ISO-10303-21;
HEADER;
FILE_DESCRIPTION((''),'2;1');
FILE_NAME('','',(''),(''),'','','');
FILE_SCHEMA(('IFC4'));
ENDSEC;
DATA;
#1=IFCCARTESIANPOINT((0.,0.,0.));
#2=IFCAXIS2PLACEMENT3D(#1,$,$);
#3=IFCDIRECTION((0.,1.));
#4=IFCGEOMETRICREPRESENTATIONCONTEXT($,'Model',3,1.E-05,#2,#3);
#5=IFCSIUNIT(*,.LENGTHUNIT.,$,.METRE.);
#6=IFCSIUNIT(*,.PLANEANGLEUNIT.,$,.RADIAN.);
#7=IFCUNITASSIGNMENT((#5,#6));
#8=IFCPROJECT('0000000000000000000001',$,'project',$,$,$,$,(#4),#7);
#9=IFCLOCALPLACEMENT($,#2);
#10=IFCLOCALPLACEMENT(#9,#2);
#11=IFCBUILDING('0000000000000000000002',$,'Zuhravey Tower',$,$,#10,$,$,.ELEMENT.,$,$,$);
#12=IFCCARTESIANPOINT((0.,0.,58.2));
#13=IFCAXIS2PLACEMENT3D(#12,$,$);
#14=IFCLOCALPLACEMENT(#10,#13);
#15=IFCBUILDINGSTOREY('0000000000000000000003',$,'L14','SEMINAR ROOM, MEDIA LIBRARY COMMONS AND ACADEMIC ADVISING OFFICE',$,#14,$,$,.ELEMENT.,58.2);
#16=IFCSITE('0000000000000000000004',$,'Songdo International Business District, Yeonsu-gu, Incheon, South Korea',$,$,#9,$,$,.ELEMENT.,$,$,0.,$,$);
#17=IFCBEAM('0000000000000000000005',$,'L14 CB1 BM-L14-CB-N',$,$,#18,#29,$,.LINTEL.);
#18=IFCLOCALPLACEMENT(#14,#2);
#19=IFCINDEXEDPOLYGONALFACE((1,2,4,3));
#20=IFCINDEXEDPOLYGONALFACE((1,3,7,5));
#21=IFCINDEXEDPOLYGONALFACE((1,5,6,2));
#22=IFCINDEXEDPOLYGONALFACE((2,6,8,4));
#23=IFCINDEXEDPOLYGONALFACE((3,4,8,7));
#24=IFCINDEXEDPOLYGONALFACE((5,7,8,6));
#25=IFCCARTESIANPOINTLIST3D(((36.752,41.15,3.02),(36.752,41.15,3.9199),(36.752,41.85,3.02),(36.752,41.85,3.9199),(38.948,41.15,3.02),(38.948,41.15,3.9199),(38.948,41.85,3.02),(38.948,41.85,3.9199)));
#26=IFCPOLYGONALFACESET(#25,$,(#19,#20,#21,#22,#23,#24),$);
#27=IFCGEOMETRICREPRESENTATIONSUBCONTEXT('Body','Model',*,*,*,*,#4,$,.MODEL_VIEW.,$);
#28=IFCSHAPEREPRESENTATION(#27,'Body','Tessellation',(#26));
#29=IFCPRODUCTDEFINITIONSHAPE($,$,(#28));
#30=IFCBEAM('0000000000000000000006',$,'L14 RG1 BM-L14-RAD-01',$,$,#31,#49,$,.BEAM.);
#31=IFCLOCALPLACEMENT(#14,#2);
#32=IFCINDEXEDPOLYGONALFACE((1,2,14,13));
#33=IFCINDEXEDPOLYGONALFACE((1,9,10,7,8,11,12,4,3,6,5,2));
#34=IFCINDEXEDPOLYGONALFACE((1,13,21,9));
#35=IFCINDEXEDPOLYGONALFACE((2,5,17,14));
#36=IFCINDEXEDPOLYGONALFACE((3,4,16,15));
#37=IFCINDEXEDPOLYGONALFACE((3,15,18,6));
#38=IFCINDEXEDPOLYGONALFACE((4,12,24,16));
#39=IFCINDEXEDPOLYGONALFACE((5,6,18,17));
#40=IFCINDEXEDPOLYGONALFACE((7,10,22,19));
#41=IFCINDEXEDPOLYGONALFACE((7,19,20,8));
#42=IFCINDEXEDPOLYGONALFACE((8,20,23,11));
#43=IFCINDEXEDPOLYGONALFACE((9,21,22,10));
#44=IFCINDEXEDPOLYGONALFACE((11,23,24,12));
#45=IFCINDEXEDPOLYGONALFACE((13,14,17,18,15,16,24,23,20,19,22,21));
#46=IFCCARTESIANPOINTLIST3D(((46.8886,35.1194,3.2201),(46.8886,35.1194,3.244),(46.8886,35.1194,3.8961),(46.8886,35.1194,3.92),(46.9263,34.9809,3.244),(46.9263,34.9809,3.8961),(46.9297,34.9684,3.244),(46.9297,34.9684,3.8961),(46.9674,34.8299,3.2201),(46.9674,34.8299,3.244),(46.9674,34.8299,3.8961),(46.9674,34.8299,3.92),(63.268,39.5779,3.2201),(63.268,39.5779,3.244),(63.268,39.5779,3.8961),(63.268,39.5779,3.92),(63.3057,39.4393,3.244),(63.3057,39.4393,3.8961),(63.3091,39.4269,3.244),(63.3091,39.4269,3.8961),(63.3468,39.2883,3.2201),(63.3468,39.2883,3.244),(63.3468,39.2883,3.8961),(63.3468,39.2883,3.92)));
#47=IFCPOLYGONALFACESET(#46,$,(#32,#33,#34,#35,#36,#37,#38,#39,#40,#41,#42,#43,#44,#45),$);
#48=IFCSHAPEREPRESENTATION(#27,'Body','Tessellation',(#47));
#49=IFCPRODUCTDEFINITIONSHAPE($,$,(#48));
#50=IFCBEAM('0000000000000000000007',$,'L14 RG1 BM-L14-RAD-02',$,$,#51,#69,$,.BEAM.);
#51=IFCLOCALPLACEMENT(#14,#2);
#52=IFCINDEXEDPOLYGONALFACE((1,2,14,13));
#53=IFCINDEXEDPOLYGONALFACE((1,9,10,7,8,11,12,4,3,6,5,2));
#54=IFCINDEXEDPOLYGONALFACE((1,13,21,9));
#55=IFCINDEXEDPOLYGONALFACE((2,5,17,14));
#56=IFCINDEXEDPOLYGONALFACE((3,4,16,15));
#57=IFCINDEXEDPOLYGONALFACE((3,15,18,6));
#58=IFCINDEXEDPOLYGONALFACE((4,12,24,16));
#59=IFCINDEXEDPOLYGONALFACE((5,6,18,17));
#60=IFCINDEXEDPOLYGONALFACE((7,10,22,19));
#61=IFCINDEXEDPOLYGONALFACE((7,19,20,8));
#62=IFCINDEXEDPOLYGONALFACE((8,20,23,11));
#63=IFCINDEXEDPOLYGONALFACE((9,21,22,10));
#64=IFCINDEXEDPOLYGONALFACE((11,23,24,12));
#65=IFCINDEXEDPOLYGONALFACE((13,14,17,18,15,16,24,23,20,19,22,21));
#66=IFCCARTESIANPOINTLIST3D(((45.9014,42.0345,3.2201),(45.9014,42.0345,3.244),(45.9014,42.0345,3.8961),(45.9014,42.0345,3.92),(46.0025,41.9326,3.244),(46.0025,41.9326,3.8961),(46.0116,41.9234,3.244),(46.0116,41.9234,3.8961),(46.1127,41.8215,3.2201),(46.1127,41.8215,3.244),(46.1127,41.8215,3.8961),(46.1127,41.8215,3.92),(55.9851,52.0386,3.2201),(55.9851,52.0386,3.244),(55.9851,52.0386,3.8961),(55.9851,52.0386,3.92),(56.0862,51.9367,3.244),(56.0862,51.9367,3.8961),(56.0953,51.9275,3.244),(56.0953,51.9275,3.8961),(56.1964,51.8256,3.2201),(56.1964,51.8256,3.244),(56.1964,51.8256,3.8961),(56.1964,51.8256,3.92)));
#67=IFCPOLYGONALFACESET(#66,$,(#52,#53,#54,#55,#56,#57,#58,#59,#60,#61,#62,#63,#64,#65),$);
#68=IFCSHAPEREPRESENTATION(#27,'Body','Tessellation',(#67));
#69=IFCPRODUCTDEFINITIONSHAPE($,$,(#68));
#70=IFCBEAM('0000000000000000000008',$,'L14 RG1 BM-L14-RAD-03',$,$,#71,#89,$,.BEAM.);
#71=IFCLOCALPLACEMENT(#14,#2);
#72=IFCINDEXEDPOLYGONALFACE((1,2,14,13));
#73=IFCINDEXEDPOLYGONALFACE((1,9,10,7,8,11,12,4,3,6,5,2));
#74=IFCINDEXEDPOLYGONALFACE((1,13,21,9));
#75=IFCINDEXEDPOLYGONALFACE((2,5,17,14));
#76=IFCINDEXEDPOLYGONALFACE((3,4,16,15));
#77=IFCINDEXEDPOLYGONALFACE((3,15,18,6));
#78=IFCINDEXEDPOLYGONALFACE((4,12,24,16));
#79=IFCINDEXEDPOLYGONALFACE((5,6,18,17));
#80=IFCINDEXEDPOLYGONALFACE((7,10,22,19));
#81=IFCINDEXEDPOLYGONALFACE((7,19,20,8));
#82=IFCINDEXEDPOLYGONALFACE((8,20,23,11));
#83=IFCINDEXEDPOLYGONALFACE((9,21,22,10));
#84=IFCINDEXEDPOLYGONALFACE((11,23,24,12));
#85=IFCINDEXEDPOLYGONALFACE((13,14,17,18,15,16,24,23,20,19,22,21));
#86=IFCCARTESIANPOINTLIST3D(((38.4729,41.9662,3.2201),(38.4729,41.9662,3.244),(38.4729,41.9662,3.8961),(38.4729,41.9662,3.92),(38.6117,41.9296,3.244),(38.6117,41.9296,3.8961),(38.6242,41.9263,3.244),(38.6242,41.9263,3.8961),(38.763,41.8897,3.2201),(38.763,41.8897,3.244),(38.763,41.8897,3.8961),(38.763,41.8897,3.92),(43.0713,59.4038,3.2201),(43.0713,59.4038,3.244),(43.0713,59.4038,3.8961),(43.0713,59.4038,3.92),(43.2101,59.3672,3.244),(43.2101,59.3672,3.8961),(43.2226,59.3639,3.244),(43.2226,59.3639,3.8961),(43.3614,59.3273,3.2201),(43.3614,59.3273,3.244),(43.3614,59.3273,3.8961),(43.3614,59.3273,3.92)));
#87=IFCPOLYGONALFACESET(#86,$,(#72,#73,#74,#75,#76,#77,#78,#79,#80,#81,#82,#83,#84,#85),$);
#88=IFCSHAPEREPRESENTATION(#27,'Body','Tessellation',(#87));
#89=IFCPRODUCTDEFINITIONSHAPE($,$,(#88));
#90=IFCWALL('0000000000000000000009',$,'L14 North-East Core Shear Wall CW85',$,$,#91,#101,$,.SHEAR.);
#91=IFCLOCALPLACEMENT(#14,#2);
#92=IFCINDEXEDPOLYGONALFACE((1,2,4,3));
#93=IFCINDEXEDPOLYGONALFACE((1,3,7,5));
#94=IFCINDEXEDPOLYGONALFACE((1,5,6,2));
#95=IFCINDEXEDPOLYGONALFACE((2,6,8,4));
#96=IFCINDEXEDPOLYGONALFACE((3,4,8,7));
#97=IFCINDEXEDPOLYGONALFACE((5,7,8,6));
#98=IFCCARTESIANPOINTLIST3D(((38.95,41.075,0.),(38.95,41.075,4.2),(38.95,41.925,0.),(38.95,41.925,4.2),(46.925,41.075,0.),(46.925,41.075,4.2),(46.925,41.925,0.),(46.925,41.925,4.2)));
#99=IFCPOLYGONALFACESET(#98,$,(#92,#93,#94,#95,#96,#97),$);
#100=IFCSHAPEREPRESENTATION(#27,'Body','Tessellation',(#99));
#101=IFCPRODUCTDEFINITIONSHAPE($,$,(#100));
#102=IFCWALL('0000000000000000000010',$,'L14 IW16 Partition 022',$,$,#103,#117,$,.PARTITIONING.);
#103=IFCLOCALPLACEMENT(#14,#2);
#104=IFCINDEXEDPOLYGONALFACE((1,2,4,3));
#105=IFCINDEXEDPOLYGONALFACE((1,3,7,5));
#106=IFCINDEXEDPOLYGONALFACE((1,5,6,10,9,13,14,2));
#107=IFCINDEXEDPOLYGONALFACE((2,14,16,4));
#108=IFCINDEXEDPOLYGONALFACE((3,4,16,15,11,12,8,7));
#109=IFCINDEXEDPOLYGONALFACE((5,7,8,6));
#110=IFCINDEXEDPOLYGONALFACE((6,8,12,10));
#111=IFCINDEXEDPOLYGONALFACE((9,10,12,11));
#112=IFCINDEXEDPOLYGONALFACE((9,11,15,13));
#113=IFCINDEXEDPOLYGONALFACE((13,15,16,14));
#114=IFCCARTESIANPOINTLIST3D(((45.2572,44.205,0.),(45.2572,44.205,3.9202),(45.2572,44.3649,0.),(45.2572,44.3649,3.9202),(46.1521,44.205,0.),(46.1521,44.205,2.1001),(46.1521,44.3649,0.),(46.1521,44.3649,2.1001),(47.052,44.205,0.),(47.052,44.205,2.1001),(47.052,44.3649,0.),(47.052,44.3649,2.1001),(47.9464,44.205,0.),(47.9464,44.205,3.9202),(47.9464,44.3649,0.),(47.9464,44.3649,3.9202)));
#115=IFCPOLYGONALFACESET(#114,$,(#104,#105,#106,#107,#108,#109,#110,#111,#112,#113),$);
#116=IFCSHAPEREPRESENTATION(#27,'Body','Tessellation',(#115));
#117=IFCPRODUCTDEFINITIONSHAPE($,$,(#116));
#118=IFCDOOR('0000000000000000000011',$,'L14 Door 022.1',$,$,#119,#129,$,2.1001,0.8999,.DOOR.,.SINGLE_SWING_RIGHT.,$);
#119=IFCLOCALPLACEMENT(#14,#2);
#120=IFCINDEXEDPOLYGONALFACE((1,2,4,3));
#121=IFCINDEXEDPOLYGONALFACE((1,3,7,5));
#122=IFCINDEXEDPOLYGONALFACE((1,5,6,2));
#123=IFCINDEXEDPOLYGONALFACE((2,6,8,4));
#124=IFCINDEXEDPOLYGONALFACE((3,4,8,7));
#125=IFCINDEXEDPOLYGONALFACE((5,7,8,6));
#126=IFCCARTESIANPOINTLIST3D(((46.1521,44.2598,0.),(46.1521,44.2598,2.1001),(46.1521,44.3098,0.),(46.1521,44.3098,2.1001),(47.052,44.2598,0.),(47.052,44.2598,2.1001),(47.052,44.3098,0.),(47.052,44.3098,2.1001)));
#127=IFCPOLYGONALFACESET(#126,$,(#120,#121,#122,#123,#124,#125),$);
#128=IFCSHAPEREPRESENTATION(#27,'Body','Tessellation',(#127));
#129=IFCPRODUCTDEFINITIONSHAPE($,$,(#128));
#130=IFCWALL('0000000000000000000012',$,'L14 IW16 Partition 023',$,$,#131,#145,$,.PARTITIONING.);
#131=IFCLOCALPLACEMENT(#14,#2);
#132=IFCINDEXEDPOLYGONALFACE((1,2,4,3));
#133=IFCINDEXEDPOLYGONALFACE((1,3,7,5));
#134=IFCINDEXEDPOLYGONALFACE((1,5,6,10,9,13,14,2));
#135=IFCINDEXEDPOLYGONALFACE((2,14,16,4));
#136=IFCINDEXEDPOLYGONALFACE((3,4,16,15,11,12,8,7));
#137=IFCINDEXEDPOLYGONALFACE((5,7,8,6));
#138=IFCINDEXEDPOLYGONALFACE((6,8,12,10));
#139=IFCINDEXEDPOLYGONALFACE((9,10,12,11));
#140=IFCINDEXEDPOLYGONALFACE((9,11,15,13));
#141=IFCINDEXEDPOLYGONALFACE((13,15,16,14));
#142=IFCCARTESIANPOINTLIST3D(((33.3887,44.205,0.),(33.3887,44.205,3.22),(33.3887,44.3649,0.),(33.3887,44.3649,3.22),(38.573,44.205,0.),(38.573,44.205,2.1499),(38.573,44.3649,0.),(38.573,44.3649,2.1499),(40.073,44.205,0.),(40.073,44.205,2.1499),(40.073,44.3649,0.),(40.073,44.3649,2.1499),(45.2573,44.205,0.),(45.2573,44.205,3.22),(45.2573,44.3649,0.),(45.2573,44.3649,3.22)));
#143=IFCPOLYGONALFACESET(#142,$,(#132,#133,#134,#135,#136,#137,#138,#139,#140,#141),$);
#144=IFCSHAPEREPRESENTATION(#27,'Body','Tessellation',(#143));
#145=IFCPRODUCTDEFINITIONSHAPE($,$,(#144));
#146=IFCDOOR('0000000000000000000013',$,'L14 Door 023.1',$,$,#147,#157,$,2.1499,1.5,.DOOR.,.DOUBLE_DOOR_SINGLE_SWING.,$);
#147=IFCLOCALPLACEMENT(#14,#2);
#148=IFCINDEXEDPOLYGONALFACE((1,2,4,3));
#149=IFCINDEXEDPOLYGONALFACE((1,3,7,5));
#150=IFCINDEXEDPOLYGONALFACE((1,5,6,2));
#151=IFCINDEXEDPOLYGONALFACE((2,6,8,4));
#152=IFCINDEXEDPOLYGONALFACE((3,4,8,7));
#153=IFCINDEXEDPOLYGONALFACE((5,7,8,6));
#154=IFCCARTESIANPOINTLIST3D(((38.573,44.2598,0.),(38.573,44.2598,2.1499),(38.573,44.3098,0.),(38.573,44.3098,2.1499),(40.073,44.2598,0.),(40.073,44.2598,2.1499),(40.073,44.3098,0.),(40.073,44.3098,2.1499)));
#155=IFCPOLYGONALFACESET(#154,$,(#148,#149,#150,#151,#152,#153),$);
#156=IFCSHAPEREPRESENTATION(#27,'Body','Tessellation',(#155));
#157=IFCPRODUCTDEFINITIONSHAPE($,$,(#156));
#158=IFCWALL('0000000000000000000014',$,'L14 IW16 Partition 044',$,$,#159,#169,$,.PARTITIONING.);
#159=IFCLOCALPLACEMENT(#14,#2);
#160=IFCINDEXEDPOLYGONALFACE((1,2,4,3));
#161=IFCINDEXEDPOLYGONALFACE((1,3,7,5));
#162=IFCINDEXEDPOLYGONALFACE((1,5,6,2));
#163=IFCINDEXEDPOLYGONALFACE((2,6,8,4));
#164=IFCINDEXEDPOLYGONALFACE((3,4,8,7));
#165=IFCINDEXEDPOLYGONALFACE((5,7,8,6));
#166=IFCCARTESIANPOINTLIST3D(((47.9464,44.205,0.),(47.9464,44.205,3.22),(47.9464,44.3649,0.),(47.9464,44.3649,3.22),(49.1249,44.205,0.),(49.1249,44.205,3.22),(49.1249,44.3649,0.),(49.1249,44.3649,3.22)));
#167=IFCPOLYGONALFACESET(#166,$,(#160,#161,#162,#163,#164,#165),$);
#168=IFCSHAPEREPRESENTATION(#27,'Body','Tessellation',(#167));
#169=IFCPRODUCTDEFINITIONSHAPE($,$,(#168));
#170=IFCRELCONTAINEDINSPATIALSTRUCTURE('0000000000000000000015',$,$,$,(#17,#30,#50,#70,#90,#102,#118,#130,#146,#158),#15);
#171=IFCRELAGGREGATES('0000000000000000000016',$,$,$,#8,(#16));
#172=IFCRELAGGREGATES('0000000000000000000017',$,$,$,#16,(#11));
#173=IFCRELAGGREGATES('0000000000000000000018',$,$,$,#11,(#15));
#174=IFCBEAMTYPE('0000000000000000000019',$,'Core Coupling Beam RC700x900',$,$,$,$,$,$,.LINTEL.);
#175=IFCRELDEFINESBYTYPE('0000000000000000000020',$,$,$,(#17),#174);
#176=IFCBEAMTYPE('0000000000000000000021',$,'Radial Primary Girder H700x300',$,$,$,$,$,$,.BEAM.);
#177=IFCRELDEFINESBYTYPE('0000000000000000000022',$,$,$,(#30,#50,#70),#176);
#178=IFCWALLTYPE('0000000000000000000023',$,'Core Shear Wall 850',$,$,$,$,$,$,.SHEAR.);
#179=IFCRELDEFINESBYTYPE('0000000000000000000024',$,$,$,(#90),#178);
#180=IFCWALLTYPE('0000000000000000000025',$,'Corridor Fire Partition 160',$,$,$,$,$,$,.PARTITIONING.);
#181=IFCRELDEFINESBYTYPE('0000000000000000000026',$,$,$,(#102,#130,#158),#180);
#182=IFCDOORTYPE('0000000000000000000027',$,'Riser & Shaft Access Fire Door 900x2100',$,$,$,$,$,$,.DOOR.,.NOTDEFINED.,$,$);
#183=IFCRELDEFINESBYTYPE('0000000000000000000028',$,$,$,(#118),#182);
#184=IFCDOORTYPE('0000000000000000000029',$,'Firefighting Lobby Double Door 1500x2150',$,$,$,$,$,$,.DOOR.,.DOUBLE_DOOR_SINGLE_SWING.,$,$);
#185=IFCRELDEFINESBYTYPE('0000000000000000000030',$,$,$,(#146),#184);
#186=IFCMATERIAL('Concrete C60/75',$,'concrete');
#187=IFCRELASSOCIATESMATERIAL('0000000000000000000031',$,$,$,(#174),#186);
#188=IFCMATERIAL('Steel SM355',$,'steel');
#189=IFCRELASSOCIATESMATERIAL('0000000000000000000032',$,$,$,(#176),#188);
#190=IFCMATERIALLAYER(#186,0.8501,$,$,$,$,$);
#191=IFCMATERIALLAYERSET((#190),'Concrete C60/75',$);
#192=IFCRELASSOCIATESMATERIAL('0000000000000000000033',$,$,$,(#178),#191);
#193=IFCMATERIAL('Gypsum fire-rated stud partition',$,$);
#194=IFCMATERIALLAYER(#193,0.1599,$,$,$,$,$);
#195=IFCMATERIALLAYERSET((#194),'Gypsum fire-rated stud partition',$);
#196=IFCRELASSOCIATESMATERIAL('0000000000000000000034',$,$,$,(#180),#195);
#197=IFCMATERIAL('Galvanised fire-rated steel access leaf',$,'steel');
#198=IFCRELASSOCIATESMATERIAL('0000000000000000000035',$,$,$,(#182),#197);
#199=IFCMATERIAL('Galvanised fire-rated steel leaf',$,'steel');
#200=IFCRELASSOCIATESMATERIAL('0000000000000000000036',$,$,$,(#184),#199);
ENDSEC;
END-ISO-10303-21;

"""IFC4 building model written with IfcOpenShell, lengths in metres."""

from ifc_helpers import new_model, si_unit, direction, frame, frame_2d, origin, origin_2d, place, context, subcontext, project, spatial, rectangle, i_section, extrude, material, layer, layer_set, material_profile, profile_set, type_object, element, fill, save


model = new_model("IFC4")

# Units and contexts
model_context = context("Model", 3, precision=1e-05, world=origin(), true_north=direction((0.0, 1.0)))
body_context = subcontext(model_context, "Body", "Model", "MODEL_VIEW")
ifc_project = project(units=[si_unit("LENGTHUNIT", "METRE"), si_unit("PLANEANGLEUNIT", "RADIAN")], contexts=[model_context])

# Site, building, storey
site_placement = place(None, origin())
site = spatial("IfcSite", under=ifc_project, at=site_placement, Name="Songdo International Business District, Yeonsu-gu, Incheon, South Korea", CompositionType="ELEMENT", RefElevation=0.0)
building_placement = place(site_placement, origin())
building = spatial("IfcBuilding", under=site, at=building_placement, Name="Zuhravey Tower", CompositionType="ELEMENT")
storey_placement = place(building_placement, frame((0.0, 0.0, 58.2)))
storey = spatial("IfcBuildingStorey", under=building, at=storey_placement, Name="L14", Description="SEMINAR ROOM, MEDIA LIBRARY COMMONS AND ACADEMIC ADVISING OFFICE", CompositionType="ELEMENT", Elevation=58.2)

# Beams
ifc_material_1 = material(Name="Concrete C60/75", Category="concrete")
ifc_material_profile_1 = material_profile(ifc_material_1, rectangle(XDim=0.7, YDim=0.8999, at=origin_2d()), Name="RC-700x900")
ifc_profile_set_1 = profile_set([ifc_material_profile_1], Name="Concrete C60/75")
beam_type_1 = type_object("IfcBeamType", Name="Core Coupling Beam RC700x900", PredefinedType="LINTEL", material=ifc_profile_set_1)
beam_1_placement = place(storey_placement, frame((36.752, 41.5, 3.47), z_axis=(1.0, 0.0, 0.0), x_axis=(0.0, 1.0, 0.0)))
element("IfcBeam", 1, at=beam_1_placement, inside=storey, type_object=beam_type_1, Name="L14 CB1 BM-L14-CB-N", PredefinedType="LINTEL", context=body_context, shape_type="SweptSolid", body=[
    extrude(rectangle(XDim=0.7, YDim=0.8999, at=origin_2d()), origin(), (0.0, 0.0, 1.0), 2.196),
])
ifc_material_2 = material(Name="Steel SM355", Category="steel")
ifc_material_profile_2 = material_profile(ifc_material_2, i_section(OverallWidth=0.3, OverallDepth=0.7, WebThickness=0.0129, FlangeThickness=0.0239, at=origin_2d()), Name="H-700x300x13x24")
ifc_profile_set_2 = profile_set([ifc_material_profile_2], Name="Steel SM355")
beam_type_2 = type_object("IfcBeamType", Name="Radial Primary Girder H700x300", PredefinedType="BEAM", material=ifc_profile_set_2)
beam_2_placement = place(storey_placement, frame((46.928, 34.9746, 3.5701), z_axis=(0.964892, 0.262645, 0.0), x_axis=(-0.262645, 0.964892, 0.0)))
element("IfcBeam", 2, at=beam_2_placement, inside=storey, type_object=beam_type_2, Name="L14 RG1 BM-L14-RAD-01", PredefinedType="BEAM", context=body_context, shape_type="SweptSolid", body=[
    extrude(i_section(OverallWidth=0.3, OverallDepth=0.7, WebThickness=0.0129, FlangeThickness=0.0239, at=origin_2d()), origin(), (0.0, 0.0, 1.0), 16.9753),
])
beam_3_placement = place(storey_placement, frame((46.0071, 41.928, 3.5701), z_axis=(0.709903, 0.7043, 0.0), x_axis=(-0.7043, 0.709903, 0.0)))
element("IfcBeam", 3, at=beam_3_placement, inside=storey, type_object=beam_type_2, Name="L14 RG1 BM-L14-RAD-02", PredefinedType="BEAM", context=body_context, shape_type="SweptSolid", body=[
    extrude(i_section(OverallWidth=0.3, OverallDepth=0.7, WebThickness=0.0129, FlangeThickness=0.0239, at=origin_2d()), origin(), (0.0, 0.0, 1.0), 14.2043),
])
beam_4_placement = place(storey_placement, frame((38.6179, 41.928, 3.5701), z_axis=(0.25499, 0.966944, 0.0), x_axis=(-0.966944, 0.25499, 0.0)))
element("IfcBeam", 4, at=beam_4_placement, inside=storey, type_object=beam_type_2, Name="L14 RG1 BM-L14-RAD-03", PredefinedType="BEAM", context=body_context, shape_type="SweptSolid", body=[
    extrude(i_section(OverallWidth=0.3, OverallDepth=0.7, WebThickness=0.0129, FlangeThickness=0.0239, at=origin_2d()), origin(), (0.0, 0.0, 1.0), 18.0337),
])

# Wall
ifc_layer_1 = layer(ifc_material_1, 0.8501)
ifc_layer_set_1 = layer_set([ifc_layer_1], Name="Concrete C60/75")
wall_type_1 = type_object("IfcWallType", Name="Core Shear Wall 850", PredefinedType="SHEAR", material=ifc_layer_set_1)
wall_1_placement = place(storey_placement, frame((46.925, 41.5, 0.0), z_axis=(0.0, 0.0, 1.0), x_axis=(-1.0, 0.0, 0.0)))
element("IfcWall", 5, at=wall_1_placement, inside=storey, type_object=wall_type_1, Name="L14 North-East Core Shear Wall CW85", PredefinedType="SHEAR", context=body_context, shape_type="SweptSolid", body=[
    extrude(rectangle(XDim=7.9751, YDim=0.8501, at=frame_2d((3.9875, 0.0))), origin(), (0.0, 0.0, 1.0), 4.2),
])

# Walls, openings, doors
ifc_material_3 = material(Name="Galvanised fire-rated steel leaf", Category="steel")
ifc_material_4 = material(Name="Gypsum fire-rated stud partition")
ifc_layer_2 = layer(ifc_material_4, 0.1599)
ifc_layer_set_2 = layer_set([ifc_layer_2], Name="Gypsum fire-rated stud partition")
wall_type_2 = type_object("IfcWallType", Name="Corridor Fire Partition 160", PredefinedType="PARTITIONING", material=ifc_layer_set_2)
wall_2_placement = place(storey_placement, frame((47.9465, 44.2849, 0.0), z_axis=(0.0, 0.0, 1.0), x_axis=(-1.0, 0.0, 0.0)))
wall_2 = element("IfcWall", 6, at=wall_2_placement, inside=storey, type_object=wall_type_2, Name="L14 IW16 Partition 022", PredefinedType="PARTITIONING", context=body_context, shape_type="SweptSolid", body=[
    extrude(rectangle(XDim=2.6892, YDim=0.1599, at=frame_2d((1.3447, 0.0))), origin(), (0.0, 0.0, 1.0), 3.9202),
])
opening_1_placement = place(wall_2_placement, frame((0.8945, 0.0, 0.0)))
opening_1 = element("IfcOpeningElement", 7, at=opening_1_placement, cuts=wall_2, PredefinedType="OPENING", context=body_context, shape_type="SweptSolid", body=[
    extrude(rectangle(XDim=0.8999, YDim=2.1001, at=frame_2d((0.45, 1.05))), frame((0.0, 0.092, 0.0), z_axis=(0.0, -1.0, 0.0), x_axis=(1.0, 0.0, 0.0)), (0.0, 0.0, 1.0), 0.1838),
])
ifc_material_5 = material(Name="Galvanised fire-rated steel access leaf", Category="steel")
door_type_1 = type_object("IfcDoorType", Name="Riser & Shaft Access Fire Door 900x2100", OperationType="NOTDEFINED", PredefinedType="DOOR", material=ifc_material_5)
door_1_placement = place(opening_1_placement, frame((0.8999, 0.0, 0.0), z_axis=(0.0, 0.0, 1.0), x_axis=(-1.0, 0.0, 0.0)))
door_1 = element("IfcDoor", 8, at=door_1_placement, inside=storey, type_object=door_type_1, Name="L14 Door 022.1", OperationType="SINGLE_SWING_RIGHT", OverallHeight=2.1001, OverallWidth=0.8999, PredefinedType="DOOR", context=body_context, shape_type="SweptSolid", body=[
    extrude(rectangle(XDim=0.8999, YDim=2.1001, at=frame_2d((0.45, 1.05))), frame((0.0, 0.0249, 0.0), z_axis=(0.0, -1.0, 0.0), x_axis=(1.0, 0.0, 0.0)), (0.0, 0.0, 1.0), 0.05),
])
fill(opening_1, door_1)
wall_3_placement = place(storey_placement, frame((45.2573, 44.2849, 0.0), z_axis=(0.0, 0.0, 1.0), x_axis=(-1.0, 0.0, 0.0)))
wall_3 = element("IfcWall", 9, at=wall_3_placement, inside=storey, type_object=wall_type_2, Name="L14 IW16 Partition 023", PredefinedType="PARTITIONING", context=body_context, shape_type="SweptSolid", body=[
    extrude(rectangle(XDim=11.8687, YDim=0.1599, at=frame_2d((5.9343, 0.0))), origin(), (0.0, 0.0, 1.0), 3.22),
])
opening_2_placement = place(wall_3_placement, frame((5.1843, 0.0, 0.0)))
opening_2 = element("IfcOpeningElement", 10, at=opening_2_placement, cuts=wall_3, PredefinedType="OPENING", context=body_context, shape_type="SweptSolid", body=[
    extrude(rectangle(XDim=1.5, YDim=2.1499, at=frame_2d((0.75, 1.075))), frame((0.0, 0.092, 0.0), z_axis=(0.0, -1.0, 0.0), x_axis=(1.0, 0.0, 0.0)), (0.0, 0.0, 1.0), 0.1838),
])
door_type_2 = type_object("IfcDoorType", Name="Firefighting Lobby Double Door 1500x2150", OperationType="DOUBLE_DOOR_SINGLE_SWING", PredefinedType="DOOR", material=ifc_material_3)
door_2_placement = place(opening_2_placement, frame((1.5, 0.0, 0.0), z_axis=(0.0, 0.0, 1.0), x_axis=(-1.0, 0.0, 0.0)))
door_2 = element("IfcDoor", 11, at=door_2_placement, inside=storey, type_object=door_type_2, Name="L14 Door 023.1", OperationType="DOUBLE_DOOR_SINGLE_SWING", OverallHeight=2.1499, OverallWidth=1.5, PredefinedType="DOOR", context=body_context, shape_type="SweptSolid", body=[
    extrude(rectangle(XDim=1.5, YDim=2.1499, at=frame_2d((0.75, 1.075))), frame((0.0, 0.0249, 0.0), z_axis=(0.0, -1.0, 0.0), x_axis=(1.0, 0.0, 0.0)), (0.0, 0.0, 1.0), 0.05),
])
fill(opening_2, door_2)

# Wall
wall_4_placement = place(storey_placement, frame((49.125, 44.2849, 0.0), z_axis=(0.0, 0.0, 1.0), x_axis=(-1.0, 0.0, 0.0)))
element("IfcWall", 12, at=wall_4_placement, inside=storey, type_object=wall_type_2, Name="L14 IW16 Partition 044", PredefinedType="PARTITIONING", context=body_context, shape_type="SweptSolid", body=[
    extrude(rectangle(XDim=1.1785, YDim=0.1599, at=frame_2d((0.5894, 0.0))), origin(), (0.0, 0.0, 1.0), 3.22),
])

save(model, "model.ifc")
